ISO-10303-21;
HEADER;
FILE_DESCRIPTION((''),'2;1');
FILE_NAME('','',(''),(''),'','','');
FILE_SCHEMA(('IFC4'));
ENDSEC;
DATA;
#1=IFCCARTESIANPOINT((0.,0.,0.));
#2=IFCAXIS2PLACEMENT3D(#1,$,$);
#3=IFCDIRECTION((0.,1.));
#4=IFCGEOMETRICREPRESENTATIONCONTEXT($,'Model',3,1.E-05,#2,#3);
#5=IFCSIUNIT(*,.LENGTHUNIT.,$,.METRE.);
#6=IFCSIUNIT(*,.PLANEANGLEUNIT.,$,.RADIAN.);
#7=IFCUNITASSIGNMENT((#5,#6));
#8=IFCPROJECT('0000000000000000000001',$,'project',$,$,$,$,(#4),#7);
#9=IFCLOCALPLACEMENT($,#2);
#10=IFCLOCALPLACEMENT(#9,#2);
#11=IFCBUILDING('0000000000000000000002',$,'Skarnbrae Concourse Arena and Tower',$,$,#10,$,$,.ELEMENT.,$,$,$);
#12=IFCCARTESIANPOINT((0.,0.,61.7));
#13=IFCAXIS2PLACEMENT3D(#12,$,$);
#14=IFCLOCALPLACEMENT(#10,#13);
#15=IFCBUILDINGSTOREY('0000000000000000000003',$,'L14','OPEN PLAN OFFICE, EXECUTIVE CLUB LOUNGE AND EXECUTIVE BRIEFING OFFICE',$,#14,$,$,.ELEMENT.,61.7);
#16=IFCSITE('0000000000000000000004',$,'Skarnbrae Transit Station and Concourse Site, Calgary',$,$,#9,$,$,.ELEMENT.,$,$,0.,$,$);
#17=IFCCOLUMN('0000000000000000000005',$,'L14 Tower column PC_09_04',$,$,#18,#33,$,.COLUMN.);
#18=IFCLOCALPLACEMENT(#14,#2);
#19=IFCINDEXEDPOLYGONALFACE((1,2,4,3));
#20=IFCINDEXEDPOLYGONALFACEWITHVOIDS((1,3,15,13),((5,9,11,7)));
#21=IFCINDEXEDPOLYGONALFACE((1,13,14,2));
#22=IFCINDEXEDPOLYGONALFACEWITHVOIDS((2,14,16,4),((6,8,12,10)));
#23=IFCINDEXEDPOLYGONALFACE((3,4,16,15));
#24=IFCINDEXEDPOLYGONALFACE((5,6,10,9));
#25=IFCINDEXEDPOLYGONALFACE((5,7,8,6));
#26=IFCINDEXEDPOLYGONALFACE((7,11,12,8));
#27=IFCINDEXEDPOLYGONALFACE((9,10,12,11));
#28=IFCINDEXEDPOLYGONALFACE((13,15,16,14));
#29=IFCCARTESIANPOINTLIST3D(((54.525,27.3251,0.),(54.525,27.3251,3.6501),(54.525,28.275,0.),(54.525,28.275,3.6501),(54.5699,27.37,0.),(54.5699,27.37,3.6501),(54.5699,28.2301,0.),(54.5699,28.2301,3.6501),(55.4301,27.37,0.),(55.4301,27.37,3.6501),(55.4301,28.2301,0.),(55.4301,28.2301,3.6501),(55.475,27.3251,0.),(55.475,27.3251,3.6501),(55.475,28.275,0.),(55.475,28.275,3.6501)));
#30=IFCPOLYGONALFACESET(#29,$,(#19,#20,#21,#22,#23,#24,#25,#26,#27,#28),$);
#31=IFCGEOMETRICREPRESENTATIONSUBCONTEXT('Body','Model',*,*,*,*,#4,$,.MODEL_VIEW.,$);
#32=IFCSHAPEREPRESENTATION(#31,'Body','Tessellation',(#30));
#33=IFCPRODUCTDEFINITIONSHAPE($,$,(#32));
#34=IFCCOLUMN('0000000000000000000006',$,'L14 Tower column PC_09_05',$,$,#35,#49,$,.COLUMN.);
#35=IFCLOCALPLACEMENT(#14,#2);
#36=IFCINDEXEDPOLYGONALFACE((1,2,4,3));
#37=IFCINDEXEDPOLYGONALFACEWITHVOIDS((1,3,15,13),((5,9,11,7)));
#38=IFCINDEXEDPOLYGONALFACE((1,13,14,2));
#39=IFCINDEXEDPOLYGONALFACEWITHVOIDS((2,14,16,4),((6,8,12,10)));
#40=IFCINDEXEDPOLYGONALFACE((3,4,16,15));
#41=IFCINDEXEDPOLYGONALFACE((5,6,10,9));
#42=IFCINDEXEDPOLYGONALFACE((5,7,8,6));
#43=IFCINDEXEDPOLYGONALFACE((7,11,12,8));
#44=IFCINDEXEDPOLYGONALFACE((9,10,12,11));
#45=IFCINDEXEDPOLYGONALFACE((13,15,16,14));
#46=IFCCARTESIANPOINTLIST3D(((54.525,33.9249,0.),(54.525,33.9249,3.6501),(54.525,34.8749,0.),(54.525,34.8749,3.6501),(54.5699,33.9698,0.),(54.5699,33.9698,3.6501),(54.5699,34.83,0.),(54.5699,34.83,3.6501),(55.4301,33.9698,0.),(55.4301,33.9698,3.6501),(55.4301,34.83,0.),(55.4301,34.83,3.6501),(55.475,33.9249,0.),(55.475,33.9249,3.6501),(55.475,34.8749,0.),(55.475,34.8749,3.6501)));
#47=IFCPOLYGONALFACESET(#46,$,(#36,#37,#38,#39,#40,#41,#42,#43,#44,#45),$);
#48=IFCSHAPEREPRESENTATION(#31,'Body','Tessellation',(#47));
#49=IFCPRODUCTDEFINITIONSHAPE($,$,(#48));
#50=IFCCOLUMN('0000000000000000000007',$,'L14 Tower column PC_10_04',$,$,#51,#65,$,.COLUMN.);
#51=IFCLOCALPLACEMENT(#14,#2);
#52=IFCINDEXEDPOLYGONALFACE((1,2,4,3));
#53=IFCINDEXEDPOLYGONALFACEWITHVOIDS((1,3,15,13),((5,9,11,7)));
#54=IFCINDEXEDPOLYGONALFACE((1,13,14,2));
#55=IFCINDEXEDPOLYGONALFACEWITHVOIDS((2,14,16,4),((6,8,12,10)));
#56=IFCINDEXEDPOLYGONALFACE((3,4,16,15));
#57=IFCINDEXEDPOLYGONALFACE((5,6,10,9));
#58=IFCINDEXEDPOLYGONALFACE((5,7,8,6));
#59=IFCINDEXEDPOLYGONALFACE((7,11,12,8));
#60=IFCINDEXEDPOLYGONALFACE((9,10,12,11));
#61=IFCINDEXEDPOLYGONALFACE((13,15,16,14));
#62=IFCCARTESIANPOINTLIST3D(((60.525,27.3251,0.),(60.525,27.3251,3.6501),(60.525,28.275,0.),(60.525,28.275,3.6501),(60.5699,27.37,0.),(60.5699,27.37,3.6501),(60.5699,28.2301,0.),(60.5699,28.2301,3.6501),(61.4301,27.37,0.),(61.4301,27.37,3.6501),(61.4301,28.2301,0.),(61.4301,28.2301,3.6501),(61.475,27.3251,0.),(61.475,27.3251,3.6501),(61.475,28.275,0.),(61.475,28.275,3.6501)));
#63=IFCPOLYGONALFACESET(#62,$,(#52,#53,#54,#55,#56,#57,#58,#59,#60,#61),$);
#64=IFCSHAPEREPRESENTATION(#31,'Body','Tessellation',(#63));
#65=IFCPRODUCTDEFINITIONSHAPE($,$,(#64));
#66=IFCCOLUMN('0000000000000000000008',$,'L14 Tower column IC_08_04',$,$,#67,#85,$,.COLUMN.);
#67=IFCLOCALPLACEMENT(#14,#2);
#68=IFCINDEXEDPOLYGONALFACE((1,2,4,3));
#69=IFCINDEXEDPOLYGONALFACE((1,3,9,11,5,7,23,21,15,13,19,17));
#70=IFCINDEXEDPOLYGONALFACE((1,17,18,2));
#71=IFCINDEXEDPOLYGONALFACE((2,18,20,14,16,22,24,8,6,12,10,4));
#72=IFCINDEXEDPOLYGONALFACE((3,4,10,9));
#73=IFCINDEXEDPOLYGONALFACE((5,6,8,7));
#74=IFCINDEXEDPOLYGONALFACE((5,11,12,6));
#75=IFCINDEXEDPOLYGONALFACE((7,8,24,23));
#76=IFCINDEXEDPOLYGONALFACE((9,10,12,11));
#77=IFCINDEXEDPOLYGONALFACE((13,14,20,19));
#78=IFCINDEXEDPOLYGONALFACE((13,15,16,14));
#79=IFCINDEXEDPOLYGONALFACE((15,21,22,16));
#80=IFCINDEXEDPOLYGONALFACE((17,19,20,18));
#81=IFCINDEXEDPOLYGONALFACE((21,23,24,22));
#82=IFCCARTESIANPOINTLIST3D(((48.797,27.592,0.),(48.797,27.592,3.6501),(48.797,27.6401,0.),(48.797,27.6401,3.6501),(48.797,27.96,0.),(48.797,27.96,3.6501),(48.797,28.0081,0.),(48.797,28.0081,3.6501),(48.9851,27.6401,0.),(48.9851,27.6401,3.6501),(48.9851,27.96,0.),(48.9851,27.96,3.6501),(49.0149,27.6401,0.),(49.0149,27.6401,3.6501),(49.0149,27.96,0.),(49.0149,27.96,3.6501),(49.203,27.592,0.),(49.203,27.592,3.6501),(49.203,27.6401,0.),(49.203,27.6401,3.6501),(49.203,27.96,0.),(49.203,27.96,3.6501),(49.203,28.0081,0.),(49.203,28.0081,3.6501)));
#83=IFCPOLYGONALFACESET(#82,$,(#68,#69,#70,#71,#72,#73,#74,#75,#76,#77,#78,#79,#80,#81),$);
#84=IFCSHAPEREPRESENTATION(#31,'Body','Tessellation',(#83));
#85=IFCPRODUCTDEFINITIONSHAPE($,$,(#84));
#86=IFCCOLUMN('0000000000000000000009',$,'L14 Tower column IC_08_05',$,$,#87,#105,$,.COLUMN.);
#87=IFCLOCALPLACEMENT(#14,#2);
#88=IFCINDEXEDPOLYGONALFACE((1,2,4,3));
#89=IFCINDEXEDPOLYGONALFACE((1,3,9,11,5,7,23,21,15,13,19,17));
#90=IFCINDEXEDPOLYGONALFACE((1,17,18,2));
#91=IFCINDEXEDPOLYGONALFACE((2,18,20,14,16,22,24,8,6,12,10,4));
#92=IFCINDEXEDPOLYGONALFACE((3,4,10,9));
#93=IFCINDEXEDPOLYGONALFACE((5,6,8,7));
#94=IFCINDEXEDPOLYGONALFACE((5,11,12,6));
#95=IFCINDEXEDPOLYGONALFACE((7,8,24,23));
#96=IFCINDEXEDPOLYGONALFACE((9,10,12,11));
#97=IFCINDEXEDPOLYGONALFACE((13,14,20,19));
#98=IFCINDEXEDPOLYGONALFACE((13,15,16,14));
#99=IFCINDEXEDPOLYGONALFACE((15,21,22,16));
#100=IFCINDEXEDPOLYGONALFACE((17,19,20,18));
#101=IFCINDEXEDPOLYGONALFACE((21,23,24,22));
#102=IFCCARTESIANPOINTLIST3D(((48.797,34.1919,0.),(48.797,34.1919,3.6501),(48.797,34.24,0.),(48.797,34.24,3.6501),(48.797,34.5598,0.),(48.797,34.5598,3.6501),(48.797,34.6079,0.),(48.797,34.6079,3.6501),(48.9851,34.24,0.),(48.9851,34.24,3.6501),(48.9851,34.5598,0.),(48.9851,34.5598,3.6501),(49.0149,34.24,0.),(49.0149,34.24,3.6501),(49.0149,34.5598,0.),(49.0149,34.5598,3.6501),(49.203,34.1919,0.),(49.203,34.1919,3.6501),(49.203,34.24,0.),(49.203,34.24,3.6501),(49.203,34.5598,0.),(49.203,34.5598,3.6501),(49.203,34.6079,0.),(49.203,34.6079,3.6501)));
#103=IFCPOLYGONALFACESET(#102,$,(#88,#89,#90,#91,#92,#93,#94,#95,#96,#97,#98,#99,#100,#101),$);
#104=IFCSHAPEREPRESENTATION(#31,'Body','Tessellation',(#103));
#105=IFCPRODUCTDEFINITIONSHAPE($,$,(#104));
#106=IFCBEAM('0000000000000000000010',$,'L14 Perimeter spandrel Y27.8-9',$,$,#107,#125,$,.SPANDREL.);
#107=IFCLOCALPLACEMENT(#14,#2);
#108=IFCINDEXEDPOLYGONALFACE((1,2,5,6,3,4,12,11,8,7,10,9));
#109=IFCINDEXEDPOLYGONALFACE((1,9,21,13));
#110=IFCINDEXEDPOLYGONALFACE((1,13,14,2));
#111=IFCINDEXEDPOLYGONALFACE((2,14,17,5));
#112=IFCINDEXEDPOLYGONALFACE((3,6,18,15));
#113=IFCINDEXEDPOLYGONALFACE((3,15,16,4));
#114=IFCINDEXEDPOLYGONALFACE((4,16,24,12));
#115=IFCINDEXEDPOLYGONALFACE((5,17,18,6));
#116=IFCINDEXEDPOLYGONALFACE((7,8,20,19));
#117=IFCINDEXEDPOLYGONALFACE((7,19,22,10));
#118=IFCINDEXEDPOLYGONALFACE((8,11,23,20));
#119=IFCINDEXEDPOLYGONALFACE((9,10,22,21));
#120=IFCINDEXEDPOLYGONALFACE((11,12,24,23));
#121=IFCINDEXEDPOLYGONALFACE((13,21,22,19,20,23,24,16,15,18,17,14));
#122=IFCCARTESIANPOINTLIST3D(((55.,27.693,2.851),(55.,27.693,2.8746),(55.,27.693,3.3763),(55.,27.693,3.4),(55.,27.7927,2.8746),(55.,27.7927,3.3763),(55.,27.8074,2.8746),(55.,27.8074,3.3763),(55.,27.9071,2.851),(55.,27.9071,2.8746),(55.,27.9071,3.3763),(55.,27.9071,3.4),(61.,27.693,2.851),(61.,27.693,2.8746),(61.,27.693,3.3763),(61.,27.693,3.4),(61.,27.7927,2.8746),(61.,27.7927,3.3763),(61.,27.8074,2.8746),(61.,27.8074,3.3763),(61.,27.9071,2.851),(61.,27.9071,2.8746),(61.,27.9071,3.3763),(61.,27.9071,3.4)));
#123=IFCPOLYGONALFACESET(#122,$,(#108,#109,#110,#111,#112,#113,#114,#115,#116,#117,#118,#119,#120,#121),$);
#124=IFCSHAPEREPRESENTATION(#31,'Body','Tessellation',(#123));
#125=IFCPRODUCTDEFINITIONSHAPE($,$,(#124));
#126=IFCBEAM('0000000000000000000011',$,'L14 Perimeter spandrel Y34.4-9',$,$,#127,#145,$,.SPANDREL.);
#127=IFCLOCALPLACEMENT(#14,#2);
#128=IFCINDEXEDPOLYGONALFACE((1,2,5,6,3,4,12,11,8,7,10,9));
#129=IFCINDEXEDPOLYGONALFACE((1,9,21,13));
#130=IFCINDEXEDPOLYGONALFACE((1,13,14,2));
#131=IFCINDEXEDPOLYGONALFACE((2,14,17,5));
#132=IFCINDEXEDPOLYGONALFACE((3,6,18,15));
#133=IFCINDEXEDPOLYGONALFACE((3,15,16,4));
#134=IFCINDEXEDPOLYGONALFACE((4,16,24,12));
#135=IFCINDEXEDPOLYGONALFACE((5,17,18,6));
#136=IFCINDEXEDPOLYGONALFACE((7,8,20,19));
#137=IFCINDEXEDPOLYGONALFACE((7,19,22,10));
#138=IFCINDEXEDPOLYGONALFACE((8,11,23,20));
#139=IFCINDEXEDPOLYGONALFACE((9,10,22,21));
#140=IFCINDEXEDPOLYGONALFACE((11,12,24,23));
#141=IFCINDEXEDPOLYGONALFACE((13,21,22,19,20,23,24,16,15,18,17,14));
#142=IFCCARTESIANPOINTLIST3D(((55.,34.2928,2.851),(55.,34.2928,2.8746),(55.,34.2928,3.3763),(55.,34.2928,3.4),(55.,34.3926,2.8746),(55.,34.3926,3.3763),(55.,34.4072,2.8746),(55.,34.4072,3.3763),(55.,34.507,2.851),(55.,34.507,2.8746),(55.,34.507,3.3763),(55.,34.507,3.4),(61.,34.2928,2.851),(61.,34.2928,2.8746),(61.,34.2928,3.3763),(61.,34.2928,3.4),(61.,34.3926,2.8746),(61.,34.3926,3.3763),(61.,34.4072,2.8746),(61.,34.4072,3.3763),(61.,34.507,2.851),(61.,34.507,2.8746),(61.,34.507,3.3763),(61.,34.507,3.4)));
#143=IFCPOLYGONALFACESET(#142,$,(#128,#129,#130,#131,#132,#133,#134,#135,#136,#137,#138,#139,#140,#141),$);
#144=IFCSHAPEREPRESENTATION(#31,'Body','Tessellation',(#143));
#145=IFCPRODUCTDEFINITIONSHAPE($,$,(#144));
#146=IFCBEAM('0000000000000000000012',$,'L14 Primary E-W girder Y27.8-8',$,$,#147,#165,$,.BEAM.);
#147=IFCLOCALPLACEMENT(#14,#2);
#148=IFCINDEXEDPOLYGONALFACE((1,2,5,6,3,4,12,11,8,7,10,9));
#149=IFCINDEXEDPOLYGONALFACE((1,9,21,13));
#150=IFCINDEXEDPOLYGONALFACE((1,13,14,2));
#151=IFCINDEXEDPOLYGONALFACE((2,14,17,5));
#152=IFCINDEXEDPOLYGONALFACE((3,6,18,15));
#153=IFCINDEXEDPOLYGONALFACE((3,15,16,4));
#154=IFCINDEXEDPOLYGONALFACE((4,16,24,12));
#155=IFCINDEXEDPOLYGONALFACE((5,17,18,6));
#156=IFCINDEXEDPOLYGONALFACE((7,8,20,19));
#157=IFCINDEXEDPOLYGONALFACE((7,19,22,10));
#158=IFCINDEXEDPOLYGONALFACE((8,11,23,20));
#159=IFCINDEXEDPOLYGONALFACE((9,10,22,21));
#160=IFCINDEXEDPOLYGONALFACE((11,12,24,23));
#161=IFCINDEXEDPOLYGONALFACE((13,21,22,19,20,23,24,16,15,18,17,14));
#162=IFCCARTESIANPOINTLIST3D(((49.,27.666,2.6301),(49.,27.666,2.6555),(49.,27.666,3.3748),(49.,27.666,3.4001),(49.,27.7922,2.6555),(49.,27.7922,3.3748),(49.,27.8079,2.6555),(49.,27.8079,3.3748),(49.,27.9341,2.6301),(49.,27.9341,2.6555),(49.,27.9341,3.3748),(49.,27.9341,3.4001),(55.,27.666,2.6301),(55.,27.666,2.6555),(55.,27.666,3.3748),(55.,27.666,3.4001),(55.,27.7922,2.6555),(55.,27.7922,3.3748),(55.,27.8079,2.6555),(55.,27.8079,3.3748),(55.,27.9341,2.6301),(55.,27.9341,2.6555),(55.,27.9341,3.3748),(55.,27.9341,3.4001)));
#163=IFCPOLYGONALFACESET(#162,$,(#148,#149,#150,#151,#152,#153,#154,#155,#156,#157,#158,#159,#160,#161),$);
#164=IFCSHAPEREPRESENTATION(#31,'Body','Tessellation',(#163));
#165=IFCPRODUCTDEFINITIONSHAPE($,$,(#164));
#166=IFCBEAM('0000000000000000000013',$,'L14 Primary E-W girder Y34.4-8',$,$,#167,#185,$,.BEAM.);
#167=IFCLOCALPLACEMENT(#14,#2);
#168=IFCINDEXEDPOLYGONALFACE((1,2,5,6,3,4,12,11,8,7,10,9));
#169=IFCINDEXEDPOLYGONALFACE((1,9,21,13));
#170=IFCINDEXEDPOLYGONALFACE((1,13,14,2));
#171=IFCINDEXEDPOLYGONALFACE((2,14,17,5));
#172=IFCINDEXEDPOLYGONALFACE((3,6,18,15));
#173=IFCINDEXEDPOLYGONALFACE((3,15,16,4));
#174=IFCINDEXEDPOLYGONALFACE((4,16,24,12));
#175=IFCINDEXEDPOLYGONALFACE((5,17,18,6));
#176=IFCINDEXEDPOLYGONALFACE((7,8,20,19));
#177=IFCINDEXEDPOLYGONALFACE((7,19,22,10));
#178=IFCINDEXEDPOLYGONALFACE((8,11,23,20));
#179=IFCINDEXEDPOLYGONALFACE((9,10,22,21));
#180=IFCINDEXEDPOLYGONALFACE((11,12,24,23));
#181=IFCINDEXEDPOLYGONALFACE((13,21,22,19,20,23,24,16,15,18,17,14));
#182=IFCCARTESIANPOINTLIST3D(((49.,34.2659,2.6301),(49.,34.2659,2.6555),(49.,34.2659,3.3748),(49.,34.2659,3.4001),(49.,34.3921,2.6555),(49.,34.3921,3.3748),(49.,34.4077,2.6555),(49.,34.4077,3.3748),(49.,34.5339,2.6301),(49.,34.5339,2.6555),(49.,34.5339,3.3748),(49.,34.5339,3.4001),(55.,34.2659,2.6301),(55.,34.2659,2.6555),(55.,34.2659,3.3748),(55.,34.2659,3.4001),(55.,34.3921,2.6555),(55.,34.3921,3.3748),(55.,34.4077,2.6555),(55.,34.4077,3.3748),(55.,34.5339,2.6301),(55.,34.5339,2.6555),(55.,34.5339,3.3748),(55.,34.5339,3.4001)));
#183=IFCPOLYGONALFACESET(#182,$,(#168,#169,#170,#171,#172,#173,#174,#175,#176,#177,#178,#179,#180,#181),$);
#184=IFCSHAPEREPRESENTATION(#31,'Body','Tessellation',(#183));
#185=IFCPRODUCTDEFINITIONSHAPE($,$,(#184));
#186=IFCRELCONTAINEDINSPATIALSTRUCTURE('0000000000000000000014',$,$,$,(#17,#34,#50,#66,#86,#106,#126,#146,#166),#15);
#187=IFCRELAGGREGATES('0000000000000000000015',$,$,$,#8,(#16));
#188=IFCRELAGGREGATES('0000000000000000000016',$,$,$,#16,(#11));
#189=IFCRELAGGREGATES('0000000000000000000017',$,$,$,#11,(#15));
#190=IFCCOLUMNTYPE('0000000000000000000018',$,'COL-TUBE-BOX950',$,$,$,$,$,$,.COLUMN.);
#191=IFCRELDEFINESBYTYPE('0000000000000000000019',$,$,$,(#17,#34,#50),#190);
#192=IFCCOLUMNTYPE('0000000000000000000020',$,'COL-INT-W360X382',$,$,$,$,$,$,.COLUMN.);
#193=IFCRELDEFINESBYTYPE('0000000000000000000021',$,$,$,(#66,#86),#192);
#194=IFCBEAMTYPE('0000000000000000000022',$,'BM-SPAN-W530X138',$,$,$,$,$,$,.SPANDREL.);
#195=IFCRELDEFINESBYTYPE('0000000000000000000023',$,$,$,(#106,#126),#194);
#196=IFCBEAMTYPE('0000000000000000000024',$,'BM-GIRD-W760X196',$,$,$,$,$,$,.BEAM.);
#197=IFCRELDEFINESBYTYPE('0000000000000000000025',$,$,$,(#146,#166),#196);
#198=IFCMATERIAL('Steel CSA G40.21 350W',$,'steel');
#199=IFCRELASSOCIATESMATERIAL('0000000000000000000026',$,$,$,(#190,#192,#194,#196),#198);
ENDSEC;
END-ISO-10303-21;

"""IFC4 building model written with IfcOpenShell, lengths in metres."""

from ifc_helpers import new_model, si_unit, direction, frame, origin, origin_2d, place, context, subcontext, project, spatial, hollow_rectangle, i_section, extrude, source, transform, mapped, material, material_profile, profile_set, type_object, element, save


model = new_model("IFC4")

# Units and contexts
model_context = context("Model", 3, precision=1e-05, world=origin(), true_north=direction((0.0, 1.0)))
body_context = subcontext(model_context, "Body", "Model", "MODEL_VIEW")
ifc_project = project(units=[si_unit("LENGTHUNIT", "METRE"), si_unit("PLANEANGLEUNIT", "RADIAN")], contexts=[model_context])

# Site, building, storey
site_placement = place(None, origin())
site = spatial("IfcSite", under=ifc_project, at=site_placement, Name="Skarnbrae Transit Station and Concourse Site, Calgary", CompositionType="ELEMENT", RefElevation=0.0)
building_placement = place(site_placement, origin())
building = spatial("IfcBuilding", under=site, at=building_placement, Name="Skarnbrae Concourse Arena and Tower", CompositionType="ELEMENT")
storey_placement = place(building_placement, frame((0.0, 0.0, 61.7)))
storey = spatial("IfcBuildingStorey", under=building, at=storey_placement, Name="L14", Description="OPEN PLAN OFFICE, EXECUTIVE CLUB LOUNGE AND EXECUTIVE BRIEFING OFFICE", CompositionType="ELEMENT", Elevation=61.7)

# Columns
ifc_material_1 = material(Name="Steel CSA G40.21 350W", Category="steel")
ifc_material_profile_1 = material_profile(ifc_material_1, hollow_rectangle(XDim=0.95, YDim=0.95, WallThickness=0.0449, at=origin_2d()), Name="BOX950X950X45")
ifc_profile_set_1 = profile_set([ifc_material_profile_1], Name="Steel CSA G40.21 350W")
column_type_1 = type_object("IfcColumnType", Name="COL-TUBE-BOX950", PredefinedType="COLUMN", material=ifc_profile_set_1)
shared_shape_1 = source(origin(), body_context, "Body", "SweptSolid", [
    extrude(hollow_rectangle(XDim=0.95, YDim=0.95, WallThickness=0.0449, at=origin_2d()), origin(), (0.0, 0.0, 1.0), 3.6501),
])
for number, where, z_axis, x_axis, name in (
    (1, (55.0, 27.8, 0.0), (0.0, 0.0, 1.0), (1.0, 0.0, 0.0), "L14 Tower column PC_09_04"),
    (2, (55.0, 34.3999, 0.0), (0.0, 0.0, 1.0), (1.0, 0.0, 0.0), "L14 Tower column PC_09_05"),
    (3, (61.0, 27.8, 0.0), (0.0, 0.0, 1.0), (1.0, 0.0, 0.0), "L14 Tower column PC_10_04"),
):
    element("IfcColumn", number, at=place(storey_placement, frame(where, z_axis=z_axis, x_axis=x_axis)), inside=storey, type_object=column_type_1, Name=name, PredefinedType="COLUMN", context=body_context, shape_type="MappedRepresentation", body=[
        mapped(shared_shape_1, transform((0.0, 0.0, 0.0))),
    ])
ifc_material_profile_2 = material_profile(ifc_material_1, i_section(OverallWidth=0.406, OverallDepth=0.416, WebThickness=0.0298, FlangeThickness=0.0481, at=origin_2d()), Name="W360X382")
ifc_profile_set_2 = profile_set([ifc_material_profile_2], Name="Steel CSA G40.21 350W")
column_type_2 = type_object("IfcColumnType", Name="COL-INT-W360X382", PredefinedType="COLUMN", material=ifc_profile_set_2)
shared_shape_2 = source(origin(), body_context, "Body", "SweptSolid", [
    extrude(i_section(OverallWidth=0.406, OverallDepth=0.416, WebThickness=0.0298, FlangeThickness=0.0481, at=origin_2d()), origin(), (0.0, 0.0, 1.0), 3.6501),
])
for number, where, z_axis, x_axis, name in (
    (4, (49.0, 27.8, 0.0), (0.0, 0.0, 1.0), (1.0, 0.0, 0.0), "L14 Tower column IC_08_04"),
    (5, (49.0, 34.3999, 0.0), (0.0, 0.0, 1.0), (1.0, 0.0, 0.0), "L14 Tower column IC_08_05"),
):
    element("IfcColumn", number, at=place(storey_placement, frame(where, z_axis=z_axis, x_axis=x_axis)), inside=storey, type_object=column_type_2, Name=name, PredefinedType="COLUMN", context=body_context, shape_type="MappedRepresentation", body=[
        mapped(shared_shape_2, transform((0.0, 0.0, 0.0))),
    ])

# Beams
ifc_material_profile_3 = material_profile(ifc_material_1, i_section(OverallWidth=0.2141, OverallDepth=0.5491, WebThickness=0.0146, FlangeThickness=0.0237, at=origin_2d()), Name="W530X138")
ifc_profile_set_3 = profile_set([ifc_material_profile_3], Name="Steel CSA G40.21 350W")
beam_type_1 = type_object("IfcBeamType", Name="BM-SPAN-W530X138", PredefinedType="SPANDREL", material=ifc_profile_set_3)
shared_shape_3 = source(origin(), body_context, "Body", "SweptSolid", [
    extrude(i_section(OverallWidth=0.2141, OverallDepth=0.5491, WebThickness=0.0146, FlangeThickness=0.0237, at=origin_2d()), origin(), (0.0, 0.0, 1.0), 6.0),
])
for number, where, z_axis, x_axis, name in (
    (6, (55.0, 27.8, 3.1255), (1.0, 0.0, 0.0), (0.0, 1.0, 0.0), "L14 Perimeter spandrel Y27.8-9"),
    (7, (55.0, 34.3999, 3.1255), (1.0, 0.0, 0.0), (0.0, 1.0, 0.0), "L14 Perimeter spandrel Y34.4-9"),
):
    element("IfcBeam", number, at=place(storey_placement, frame(where, z_axis=z_axis, x_axis=x_axis)), inside=storey, type_object=beam_type_1, Name=name, PredefinedType="SPANDREL", context=body_context, shape_type="MappedRepresentation", body=[
        mapped(shared_shape_3, transform((0.0, 0.0, 0.0))),
    ])
ifc_material_profile_4 = material_profile(ifc_material_1, i_section(OverallWidth=0.2681, OverallDepth=0.77, WebThickness=0.0156, FlangeThickness=0.0254, at=origin_2d()), Name="W760X196")
ifc_profile_set_4 = profile_set([ifc_material_profile_4], Name="Steel CSA G40.21 350W")
beam_type_2 = type_object("IfcBeamType", Name="BM-GIRD-W760X196", PredefinedType="BEAM", material=ifc_profile_set_4)
shared_shape_4 = source(origin(), body_context, "Body", "SweptSolid", [
    extrude(i_section(OverallWidth=0.2681, OverallDepth=0.77, WebThickness=0.0156, FlangeThickness=0.0254, at=origin_2d()), origin(), (0.0, 0.0, 1.0), 6.0),
])
for number, where, z_axis, x_axis, name in (
    (8, (49.0, 27.8, 3.0151), (1.0, 0.0, 0.0), (0.0, 1.0, 0.0), "L14 Primary E-W girder Y27.8-8"),
    (9, (49.0, 34.3999, 3.0151), (1.0, 0.0, 0.0), (0.0, 1.0, 0.0), "L14 Primary E-W girder Y34.4-8"),
):
    element("IfcBeam", number, at=place(storey_placement, frame(where, z_axis=z_axis, x_axis=x_axis)), inside=storey, type_object=beam_type_2, Name=name, PredefinedType="BEAM", context=body_context, shape_type="MappedRepresentation", body=[
        mapped(shared_shape_4, transform((0.0, 0.0, 0.0))),
    ])

save(model, "model.ifc")
